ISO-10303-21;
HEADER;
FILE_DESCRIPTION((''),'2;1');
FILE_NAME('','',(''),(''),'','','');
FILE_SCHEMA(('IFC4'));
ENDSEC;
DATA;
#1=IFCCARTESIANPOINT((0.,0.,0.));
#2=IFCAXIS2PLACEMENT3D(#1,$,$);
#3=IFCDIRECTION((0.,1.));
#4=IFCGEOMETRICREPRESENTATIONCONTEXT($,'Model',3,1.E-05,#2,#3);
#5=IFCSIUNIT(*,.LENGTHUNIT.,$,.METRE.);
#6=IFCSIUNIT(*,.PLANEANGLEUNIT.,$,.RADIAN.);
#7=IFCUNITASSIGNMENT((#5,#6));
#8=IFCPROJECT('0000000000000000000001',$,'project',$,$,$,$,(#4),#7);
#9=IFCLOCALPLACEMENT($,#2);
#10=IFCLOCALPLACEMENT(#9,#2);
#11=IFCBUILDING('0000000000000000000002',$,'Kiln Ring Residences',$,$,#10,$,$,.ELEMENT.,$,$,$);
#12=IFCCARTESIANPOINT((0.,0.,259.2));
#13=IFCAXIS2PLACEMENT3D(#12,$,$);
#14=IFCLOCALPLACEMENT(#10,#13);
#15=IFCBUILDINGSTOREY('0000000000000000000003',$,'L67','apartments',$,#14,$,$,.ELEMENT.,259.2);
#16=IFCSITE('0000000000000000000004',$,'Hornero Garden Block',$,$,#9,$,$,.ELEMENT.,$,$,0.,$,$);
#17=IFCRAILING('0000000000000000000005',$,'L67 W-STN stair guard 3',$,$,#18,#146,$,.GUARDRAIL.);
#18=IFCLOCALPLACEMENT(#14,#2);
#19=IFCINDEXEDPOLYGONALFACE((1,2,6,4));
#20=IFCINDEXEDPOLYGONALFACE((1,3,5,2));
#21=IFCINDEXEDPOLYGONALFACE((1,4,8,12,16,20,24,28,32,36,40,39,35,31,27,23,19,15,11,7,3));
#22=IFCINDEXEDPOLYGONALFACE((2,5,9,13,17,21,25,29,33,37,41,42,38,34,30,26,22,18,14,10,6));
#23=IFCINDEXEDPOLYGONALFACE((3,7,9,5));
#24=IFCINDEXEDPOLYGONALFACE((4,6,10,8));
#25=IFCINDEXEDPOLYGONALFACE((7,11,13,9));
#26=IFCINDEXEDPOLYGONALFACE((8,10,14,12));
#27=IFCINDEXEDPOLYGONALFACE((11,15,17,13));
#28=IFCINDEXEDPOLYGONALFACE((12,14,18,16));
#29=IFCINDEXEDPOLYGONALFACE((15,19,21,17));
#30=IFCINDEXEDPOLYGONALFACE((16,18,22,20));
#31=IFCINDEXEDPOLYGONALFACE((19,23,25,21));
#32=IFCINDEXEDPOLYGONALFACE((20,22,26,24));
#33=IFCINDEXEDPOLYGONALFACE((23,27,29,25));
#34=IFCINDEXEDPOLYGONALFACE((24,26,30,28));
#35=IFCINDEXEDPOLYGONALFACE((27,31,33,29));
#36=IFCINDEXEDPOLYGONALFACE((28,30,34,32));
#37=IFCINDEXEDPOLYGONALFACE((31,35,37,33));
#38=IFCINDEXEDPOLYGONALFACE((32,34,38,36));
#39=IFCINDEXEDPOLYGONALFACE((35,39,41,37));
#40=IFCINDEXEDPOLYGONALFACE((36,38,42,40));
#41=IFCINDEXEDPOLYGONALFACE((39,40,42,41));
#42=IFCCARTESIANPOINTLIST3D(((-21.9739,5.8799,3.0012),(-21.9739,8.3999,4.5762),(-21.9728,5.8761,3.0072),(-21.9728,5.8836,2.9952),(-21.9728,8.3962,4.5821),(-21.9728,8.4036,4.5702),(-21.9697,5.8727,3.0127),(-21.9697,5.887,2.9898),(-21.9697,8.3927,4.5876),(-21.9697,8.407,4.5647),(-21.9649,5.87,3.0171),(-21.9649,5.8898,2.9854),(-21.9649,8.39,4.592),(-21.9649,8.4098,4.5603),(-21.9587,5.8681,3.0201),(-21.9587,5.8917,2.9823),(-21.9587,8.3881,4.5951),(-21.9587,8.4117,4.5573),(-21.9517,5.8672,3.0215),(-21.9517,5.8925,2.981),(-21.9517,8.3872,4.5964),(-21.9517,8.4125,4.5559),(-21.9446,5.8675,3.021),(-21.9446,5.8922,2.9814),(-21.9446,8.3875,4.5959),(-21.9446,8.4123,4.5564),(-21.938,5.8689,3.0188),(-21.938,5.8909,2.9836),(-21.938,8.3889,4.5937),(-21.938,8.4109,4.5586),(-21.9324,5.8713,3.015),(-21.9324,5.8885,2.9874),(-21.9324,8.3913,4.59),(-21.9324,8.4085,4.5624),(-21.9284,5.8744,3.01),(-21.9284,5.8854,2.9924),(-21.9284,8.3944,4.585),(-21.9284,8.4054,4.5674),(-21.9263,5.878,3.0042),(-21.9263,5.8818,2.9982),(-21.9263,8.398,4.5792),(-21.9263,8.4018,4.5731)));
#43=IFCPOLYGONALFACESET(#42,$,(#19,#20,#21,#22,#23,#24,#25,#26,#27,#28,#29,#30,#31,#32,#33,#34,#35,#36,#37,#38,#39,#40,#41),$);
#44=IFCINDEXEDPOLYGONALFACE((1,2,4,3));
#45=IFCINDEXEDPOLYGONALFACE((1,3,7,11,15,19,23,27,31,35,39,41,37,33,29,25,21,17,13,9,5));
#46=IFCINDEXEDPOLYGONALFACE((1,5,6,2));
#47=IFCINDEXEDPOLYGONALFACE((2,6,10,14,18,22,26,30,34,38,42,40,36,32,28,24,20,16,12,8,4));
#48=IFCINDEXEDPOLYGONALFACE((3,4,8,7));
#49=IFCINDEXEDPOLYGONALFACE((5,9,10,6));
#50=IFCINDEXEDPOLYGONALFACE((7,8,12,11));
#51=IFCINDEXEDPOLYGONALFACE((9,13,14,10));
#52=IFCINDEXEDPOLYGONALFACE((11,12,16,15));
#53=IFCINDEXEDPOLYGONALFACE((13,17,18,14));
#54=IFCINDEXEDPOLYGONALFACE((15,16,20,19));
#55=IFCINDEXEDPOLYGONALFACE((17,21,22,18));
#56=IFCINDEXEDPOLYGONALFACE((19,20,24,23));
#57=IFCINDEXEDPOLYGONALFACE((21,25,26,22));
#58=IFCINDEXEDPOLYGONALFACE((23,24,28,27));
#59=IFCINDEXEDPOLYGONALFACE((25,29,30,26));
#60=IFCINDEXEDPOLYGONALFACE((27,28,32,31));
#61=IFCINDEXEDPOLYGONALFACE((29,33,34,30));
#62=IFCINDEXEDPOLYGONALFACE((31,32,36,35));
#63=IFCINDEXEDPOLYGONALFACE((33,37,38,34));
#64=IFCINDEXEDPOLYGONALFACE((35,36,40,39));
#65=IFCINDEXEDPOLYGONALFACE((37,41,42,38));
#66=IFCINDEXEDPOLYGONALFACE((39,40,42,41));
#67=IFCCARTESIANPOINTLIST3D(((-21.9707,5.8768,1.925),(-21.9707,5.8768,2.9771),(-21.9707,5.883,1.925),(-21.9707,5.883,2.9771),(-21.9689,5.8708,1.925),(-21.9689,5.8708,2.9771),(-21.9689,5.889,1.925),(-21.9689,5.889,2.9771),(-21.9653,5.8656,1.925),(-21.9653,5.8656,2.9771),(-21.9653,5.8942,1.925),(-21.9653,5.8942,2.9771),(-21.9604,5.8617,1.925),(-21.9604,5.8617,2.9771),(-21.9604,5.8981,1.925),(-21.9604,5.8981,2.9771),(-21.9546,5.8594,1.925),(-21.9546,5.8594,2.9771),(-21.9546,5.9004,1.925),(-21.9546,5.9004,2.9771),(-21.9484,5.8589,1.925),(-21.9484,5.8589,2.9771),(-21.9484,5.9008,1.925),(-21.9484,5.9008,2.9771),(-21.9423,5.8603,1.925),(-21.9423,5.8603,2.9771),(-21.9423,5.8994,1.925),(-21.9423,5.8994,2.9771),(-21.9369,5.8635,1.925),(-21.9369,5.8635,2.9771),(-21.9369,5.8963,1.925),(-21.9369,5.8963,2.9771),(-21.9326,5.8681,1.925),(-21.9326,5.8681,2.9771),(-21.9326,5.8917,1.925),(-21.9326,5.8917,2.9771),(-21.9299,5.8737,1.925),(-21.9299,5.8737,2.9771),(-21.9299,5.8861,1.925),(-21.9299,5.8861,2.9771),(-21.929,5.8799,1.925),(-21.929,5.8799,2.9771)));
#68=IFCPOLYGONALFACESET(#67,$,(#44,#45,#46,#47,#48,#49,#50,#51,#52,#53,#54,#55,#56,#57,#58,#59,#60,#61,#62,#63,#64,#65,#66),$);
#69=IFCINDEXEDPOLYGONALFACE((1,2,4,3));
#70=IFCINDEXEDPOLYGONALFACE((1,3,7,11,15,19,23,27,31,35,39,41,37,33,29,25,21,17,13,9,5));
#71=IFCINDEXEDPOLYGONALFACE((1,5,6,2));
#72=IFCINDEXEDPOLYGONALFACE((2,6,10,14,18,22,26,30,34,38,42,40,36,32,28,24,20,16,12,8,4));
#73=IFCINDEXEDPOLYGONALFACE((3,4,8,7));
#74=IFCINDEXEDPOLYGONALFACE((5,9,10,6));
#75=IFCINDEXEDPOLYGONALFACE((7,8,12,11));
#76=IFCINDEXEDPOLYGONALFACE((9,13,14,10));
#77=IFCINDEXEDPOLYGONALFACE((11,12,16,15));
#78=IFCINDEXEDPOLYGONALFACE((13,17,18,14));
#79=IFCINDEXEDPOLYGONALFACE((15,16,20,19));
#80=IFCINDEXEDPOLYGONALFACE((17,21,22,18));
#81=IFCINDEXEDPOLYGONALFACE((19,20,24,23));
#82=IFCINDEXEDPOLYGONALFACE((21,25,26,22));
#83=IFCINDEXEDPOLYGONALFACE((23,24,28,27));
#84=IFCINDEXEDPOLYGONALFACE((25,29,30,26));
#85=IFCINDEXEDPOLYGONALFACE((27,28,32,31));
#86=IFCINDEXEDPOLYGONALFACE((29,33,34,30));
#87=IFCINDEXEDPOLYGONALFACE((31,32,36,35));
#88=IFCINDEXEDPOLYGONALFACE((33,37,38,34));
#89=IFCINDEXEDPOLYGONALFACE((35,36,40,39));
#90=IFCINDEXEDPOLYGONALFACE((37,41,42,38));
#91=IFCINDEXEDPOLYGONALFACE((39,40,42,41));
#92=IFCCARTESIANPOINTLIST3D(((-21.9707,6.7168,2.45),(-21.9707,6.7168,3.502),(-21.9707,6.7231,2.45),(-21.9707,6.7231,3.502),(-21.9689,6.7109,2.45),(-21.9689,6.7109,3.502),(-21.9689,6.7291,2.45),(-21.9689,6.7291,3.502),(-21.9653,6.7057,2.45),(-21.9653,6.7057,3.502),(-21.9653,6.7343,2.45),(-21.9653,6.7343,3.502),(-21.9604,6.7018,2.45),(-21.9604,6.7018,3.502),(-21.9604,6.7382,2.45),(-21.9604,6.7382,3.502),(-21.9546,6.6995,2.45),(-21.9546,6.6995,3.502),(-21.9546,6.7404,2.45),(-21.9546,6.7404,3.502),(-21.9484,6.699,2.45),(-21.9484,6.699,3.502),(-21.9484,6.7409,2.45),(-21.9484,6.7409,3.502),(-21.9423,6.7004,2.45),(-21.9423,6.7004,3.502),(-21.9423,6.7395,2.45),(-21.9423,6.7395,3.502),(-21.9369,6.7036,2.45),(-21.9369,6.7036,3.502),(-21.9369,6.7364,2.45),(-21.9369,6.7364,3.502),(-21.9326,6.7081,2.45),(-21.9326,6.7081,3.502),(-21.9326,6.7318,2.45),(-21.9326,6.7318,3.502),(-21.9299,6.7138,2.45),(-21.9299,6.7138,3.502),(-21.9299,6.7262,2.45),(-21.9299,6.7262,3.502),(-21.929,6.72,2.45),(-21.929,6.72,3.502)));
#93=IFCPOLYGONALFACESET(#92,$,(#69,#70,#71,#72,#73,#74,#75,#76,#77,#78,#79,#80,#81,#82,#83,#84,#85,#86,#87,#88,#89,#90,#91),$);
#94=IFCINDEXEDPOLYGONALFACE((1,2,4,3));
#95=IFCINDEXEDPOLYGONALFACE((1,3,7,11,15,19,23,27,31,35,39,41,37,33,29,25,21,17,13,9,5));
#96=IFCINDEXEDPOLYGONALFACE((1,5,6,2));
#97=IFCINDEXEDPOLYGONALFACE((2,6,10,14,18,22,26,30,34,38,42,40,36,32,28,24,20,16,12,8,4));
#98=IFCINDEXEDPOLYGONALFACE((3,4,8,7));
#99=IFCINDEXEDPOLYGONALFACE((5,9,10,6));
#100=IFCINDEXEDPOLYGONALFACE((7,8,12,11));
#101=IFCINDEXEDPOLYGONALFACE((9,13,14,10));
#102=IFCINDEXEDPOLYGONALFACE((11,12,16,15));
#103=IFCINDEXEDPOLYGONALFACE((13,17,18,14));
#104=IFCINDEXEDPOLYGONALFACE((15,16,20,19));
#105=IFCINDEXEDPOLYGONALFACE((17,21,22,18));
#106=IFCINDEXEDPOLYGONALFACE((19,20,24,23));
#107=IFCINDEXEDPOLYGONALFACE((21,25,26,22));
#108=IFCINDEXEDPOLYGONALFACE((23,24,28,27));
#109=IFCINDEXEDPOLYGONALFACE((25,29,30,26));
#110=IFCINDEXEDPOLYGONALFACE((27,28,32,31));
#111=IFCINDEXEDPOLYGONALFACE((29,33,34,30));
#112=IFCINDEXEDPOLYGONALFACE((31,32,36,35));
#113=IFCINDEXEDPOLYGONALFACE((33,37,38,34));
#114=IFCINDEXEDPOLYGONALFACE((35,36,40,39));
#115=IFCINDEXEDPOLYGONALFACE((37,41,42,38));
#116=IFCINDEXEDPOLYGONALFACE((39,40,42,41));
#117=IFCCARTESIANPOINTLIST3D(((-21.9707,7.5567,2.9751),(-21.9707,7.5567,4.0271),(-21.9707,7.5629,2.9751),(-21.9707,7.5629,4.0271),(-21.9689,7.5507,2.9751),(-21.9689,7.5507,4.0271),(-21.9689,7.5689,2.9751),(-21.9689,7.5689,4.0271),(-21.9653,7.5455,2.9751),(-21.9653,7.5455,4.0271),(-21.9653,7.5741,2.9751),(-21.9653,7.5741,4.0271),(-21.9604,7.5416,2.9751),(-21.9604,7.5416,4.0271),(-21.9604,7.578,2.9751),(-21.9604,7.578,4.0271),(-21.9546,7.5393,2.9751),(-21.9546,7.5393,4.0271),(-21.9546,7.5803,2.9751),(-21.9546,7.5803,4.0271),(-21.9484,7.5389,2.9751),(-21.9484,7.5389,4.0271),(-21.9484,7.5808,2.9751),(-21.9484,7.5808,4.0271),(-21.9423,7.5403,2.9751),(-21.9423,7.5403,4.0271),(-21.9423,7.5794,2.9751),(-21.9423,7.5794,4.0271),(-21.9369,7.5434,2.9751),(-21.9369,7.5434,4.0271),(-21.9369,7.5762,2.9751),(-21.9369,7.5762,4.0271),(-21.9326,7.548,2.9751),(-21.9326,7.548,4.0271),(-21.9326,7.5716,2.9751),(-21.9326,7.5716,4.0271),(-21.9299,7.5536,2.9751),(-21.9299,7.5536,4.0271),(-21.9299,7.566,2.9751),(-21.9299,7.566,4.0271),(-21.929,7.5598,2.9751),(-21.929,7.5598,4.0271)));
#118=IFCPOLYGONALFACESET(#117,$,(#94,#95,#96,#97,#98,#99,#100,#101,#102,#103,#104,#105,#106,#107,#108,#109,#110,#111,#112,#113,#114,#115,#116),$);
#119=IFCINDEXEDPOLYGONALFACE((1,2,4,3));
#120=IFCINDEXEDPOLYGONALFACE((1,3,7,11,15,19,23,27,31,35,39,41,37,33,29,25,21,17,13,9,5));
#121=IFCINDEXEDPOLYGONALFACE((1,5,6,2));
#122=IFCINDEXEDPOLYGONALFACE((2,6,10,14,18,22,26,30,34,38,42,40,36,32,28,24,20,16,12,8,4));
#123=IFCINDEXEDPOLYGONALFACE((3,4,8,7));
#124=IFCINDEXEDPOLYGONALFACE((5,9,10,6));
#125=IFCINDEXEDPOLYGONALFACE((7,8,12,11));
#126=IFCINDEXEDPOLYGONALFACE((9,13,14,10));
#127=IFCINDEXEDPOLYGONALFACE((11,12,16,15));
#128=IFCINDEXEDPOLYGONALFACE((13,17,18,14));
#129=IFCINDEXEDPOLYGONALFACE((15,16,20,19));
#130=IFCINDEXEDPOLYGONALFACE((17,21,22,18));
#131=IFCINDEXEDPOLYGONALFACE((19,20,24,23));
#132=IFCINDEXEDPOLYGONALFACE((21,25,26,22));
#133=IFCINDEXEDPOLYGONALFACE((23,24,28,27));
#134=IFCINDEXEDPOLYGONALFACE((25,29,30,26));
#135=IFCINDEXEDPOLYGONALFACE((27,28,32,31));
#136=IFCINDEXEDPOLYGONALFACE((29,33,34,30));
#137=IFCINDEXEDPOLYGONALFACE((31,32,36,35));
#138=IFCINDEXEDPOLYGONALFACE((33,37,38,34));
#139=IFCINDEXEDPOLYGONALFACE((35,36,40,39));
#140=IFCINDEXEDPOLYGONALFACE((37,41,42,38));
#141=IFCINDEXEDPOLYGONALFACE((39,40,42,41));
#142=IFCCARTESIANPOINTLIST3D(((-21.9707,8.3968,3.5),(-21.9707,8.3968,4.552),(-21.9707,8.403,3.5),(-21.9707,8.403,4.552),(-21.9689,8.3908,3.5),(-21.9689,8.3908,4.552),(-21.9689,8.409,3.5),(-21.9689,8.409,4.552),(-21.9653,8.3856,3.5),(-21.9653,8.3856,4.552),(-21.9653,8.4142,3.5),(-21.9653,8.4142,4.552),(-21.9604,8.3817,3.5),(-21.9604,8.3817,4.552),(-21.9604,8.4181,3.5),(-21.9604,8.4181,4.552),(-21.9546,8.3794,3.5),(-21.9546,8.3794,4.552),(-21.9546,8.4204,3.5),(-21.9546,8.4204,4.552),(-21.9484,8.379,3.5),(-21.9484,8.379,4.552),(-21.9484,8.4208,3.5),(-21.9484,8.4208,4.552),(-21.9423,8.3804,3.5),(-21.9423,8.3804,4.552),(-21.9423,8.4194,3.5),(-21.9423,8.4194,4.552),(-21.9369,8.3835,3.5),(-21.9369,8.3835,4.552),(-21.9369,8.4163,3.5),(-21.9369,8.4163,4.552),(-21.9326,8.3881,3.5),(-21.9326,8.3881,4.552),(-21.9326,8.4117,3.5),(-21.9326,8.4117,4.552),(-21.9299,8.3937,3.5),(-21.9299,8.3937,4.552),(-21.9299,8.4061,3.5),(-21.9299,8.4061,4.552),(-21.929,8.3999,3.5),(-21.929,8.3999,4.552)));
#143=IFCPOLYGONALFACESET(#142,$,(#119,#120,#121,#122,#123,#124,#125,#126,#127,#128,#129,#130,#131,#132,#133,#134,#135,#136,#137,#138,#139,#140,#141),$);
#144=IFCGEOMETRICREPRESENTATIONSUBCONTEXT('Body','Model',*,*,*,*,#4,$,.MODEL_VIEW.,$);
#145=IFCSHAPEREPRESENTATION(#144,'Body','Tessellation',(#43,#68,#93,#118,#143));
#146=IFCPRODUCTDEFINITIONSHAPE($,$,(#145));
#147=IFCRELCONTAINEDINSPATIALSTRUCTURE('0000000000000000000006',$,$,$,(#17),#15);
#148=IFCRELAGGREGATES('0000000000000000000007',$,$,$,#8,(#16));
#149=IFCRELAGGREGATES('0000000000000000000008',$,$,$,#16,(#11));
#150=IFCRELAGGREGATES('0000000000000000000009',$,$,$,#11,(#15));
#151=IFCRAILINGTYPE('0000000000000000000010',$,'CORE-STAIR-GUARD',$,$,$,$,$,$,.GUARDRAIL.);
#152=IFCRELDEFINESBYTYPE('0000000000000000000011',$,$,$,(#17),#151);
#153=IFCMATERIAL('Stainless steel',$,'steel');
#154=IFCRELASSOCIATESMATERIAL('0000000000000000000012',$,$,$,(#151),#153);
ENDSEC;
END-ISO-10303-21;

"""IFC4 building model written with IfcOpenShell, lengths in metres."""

from ifc_helpers import new_model, si_unit, direction, frame, origin, origin_2d, place, context, subcontext, project, spatial, circle, extrude, material, type_object, element, save


model = new_model("IFC4")

# Units and contexts
model_context = context("Model", 3, precision=1e-05, world=origin(), true_north=direction((0.0, 1.0)))
body_context = subcontext(model_context, "Body", "Model", "MODEL_VIEW")
ifc_project = project(units=[si_unit("LENGTHUNIT", "METRE"), si_unit("PLANEANGLEUNIT", "RADIAN")], contexts=[model_context])

# Site, building, storey
site_placement = place(None, origin())
site = spatial("IfcSite", under=ifc_project, at=site_placement, Name="Hornero Garden Block", CompositionType="ELEMENT", RefElevation=0.0)
building_placement = place(site_placement, origin())
building = spatial("IfcBuilding", under=site, at=building_placement, Name="Kiln Ring Residences", CompositionType="ELEMENT")
storey_placement = place(building_placement, frame((0.0, 0.0, 259.2)))
storey = spatial("IfcBuildingStorey", under=building, at=storey_placement, Name="L67", Description="apartments", CompositionType="ELEMENT", Elevation=259.2)

# Railing
ifc_material_1 = material(Name="Stainless steel", Category="steel")
railing_type_1 = type_object("IfcRailingType", Name="CORE-STAIR-GUARD", PredefinedType="GUARDRAIL", material=ifc_material_1)
railing_1_placement = place(storey_placement, frame((-21.95, 5.8799, 1.925)))
element("IfcRailing", 1, at=railing_1_placement, inside=storey, type_object=railing_type_1, Name="L67 W-STN stair guard 3", PredefinedType="GUARDRAIL", context=body_context, shape_type="SweptSolid", body=[
    extrude(circle(Radius=0.0239, at=origin_2d()), frame((0.0, 0.0, 1.0762), z_axis=(0.0, 0.848008, 0.529984), x_axis=(-1.0, 0.0, 0.0)), (0.0, 0.0, 1.0), 2.9717),
    extrude(circle(Radius=0.021, at=origin_2d()), origin(), (0.0, 0.0, 1.0), 1.052),
    extrude(circle(Radius=0.021, at=origin_2d()), frame((0.0, 0.8401, 0.5249)), (0.0, 0.0, 1.0), 1.052),
    extrude(circle(Radius=0.021, at=origin_2d()), frame((0.0, 1.6799, 1.05)), (0.0, 0.0, 1.0), 1.052),
    extrude(circle(Radius=0.021, at=origin_2d()), frame((0.0, 2.52, 1.575)), (0.0, 0.0, 1.0), 1.052),
])

save(model, "model.ifc")
